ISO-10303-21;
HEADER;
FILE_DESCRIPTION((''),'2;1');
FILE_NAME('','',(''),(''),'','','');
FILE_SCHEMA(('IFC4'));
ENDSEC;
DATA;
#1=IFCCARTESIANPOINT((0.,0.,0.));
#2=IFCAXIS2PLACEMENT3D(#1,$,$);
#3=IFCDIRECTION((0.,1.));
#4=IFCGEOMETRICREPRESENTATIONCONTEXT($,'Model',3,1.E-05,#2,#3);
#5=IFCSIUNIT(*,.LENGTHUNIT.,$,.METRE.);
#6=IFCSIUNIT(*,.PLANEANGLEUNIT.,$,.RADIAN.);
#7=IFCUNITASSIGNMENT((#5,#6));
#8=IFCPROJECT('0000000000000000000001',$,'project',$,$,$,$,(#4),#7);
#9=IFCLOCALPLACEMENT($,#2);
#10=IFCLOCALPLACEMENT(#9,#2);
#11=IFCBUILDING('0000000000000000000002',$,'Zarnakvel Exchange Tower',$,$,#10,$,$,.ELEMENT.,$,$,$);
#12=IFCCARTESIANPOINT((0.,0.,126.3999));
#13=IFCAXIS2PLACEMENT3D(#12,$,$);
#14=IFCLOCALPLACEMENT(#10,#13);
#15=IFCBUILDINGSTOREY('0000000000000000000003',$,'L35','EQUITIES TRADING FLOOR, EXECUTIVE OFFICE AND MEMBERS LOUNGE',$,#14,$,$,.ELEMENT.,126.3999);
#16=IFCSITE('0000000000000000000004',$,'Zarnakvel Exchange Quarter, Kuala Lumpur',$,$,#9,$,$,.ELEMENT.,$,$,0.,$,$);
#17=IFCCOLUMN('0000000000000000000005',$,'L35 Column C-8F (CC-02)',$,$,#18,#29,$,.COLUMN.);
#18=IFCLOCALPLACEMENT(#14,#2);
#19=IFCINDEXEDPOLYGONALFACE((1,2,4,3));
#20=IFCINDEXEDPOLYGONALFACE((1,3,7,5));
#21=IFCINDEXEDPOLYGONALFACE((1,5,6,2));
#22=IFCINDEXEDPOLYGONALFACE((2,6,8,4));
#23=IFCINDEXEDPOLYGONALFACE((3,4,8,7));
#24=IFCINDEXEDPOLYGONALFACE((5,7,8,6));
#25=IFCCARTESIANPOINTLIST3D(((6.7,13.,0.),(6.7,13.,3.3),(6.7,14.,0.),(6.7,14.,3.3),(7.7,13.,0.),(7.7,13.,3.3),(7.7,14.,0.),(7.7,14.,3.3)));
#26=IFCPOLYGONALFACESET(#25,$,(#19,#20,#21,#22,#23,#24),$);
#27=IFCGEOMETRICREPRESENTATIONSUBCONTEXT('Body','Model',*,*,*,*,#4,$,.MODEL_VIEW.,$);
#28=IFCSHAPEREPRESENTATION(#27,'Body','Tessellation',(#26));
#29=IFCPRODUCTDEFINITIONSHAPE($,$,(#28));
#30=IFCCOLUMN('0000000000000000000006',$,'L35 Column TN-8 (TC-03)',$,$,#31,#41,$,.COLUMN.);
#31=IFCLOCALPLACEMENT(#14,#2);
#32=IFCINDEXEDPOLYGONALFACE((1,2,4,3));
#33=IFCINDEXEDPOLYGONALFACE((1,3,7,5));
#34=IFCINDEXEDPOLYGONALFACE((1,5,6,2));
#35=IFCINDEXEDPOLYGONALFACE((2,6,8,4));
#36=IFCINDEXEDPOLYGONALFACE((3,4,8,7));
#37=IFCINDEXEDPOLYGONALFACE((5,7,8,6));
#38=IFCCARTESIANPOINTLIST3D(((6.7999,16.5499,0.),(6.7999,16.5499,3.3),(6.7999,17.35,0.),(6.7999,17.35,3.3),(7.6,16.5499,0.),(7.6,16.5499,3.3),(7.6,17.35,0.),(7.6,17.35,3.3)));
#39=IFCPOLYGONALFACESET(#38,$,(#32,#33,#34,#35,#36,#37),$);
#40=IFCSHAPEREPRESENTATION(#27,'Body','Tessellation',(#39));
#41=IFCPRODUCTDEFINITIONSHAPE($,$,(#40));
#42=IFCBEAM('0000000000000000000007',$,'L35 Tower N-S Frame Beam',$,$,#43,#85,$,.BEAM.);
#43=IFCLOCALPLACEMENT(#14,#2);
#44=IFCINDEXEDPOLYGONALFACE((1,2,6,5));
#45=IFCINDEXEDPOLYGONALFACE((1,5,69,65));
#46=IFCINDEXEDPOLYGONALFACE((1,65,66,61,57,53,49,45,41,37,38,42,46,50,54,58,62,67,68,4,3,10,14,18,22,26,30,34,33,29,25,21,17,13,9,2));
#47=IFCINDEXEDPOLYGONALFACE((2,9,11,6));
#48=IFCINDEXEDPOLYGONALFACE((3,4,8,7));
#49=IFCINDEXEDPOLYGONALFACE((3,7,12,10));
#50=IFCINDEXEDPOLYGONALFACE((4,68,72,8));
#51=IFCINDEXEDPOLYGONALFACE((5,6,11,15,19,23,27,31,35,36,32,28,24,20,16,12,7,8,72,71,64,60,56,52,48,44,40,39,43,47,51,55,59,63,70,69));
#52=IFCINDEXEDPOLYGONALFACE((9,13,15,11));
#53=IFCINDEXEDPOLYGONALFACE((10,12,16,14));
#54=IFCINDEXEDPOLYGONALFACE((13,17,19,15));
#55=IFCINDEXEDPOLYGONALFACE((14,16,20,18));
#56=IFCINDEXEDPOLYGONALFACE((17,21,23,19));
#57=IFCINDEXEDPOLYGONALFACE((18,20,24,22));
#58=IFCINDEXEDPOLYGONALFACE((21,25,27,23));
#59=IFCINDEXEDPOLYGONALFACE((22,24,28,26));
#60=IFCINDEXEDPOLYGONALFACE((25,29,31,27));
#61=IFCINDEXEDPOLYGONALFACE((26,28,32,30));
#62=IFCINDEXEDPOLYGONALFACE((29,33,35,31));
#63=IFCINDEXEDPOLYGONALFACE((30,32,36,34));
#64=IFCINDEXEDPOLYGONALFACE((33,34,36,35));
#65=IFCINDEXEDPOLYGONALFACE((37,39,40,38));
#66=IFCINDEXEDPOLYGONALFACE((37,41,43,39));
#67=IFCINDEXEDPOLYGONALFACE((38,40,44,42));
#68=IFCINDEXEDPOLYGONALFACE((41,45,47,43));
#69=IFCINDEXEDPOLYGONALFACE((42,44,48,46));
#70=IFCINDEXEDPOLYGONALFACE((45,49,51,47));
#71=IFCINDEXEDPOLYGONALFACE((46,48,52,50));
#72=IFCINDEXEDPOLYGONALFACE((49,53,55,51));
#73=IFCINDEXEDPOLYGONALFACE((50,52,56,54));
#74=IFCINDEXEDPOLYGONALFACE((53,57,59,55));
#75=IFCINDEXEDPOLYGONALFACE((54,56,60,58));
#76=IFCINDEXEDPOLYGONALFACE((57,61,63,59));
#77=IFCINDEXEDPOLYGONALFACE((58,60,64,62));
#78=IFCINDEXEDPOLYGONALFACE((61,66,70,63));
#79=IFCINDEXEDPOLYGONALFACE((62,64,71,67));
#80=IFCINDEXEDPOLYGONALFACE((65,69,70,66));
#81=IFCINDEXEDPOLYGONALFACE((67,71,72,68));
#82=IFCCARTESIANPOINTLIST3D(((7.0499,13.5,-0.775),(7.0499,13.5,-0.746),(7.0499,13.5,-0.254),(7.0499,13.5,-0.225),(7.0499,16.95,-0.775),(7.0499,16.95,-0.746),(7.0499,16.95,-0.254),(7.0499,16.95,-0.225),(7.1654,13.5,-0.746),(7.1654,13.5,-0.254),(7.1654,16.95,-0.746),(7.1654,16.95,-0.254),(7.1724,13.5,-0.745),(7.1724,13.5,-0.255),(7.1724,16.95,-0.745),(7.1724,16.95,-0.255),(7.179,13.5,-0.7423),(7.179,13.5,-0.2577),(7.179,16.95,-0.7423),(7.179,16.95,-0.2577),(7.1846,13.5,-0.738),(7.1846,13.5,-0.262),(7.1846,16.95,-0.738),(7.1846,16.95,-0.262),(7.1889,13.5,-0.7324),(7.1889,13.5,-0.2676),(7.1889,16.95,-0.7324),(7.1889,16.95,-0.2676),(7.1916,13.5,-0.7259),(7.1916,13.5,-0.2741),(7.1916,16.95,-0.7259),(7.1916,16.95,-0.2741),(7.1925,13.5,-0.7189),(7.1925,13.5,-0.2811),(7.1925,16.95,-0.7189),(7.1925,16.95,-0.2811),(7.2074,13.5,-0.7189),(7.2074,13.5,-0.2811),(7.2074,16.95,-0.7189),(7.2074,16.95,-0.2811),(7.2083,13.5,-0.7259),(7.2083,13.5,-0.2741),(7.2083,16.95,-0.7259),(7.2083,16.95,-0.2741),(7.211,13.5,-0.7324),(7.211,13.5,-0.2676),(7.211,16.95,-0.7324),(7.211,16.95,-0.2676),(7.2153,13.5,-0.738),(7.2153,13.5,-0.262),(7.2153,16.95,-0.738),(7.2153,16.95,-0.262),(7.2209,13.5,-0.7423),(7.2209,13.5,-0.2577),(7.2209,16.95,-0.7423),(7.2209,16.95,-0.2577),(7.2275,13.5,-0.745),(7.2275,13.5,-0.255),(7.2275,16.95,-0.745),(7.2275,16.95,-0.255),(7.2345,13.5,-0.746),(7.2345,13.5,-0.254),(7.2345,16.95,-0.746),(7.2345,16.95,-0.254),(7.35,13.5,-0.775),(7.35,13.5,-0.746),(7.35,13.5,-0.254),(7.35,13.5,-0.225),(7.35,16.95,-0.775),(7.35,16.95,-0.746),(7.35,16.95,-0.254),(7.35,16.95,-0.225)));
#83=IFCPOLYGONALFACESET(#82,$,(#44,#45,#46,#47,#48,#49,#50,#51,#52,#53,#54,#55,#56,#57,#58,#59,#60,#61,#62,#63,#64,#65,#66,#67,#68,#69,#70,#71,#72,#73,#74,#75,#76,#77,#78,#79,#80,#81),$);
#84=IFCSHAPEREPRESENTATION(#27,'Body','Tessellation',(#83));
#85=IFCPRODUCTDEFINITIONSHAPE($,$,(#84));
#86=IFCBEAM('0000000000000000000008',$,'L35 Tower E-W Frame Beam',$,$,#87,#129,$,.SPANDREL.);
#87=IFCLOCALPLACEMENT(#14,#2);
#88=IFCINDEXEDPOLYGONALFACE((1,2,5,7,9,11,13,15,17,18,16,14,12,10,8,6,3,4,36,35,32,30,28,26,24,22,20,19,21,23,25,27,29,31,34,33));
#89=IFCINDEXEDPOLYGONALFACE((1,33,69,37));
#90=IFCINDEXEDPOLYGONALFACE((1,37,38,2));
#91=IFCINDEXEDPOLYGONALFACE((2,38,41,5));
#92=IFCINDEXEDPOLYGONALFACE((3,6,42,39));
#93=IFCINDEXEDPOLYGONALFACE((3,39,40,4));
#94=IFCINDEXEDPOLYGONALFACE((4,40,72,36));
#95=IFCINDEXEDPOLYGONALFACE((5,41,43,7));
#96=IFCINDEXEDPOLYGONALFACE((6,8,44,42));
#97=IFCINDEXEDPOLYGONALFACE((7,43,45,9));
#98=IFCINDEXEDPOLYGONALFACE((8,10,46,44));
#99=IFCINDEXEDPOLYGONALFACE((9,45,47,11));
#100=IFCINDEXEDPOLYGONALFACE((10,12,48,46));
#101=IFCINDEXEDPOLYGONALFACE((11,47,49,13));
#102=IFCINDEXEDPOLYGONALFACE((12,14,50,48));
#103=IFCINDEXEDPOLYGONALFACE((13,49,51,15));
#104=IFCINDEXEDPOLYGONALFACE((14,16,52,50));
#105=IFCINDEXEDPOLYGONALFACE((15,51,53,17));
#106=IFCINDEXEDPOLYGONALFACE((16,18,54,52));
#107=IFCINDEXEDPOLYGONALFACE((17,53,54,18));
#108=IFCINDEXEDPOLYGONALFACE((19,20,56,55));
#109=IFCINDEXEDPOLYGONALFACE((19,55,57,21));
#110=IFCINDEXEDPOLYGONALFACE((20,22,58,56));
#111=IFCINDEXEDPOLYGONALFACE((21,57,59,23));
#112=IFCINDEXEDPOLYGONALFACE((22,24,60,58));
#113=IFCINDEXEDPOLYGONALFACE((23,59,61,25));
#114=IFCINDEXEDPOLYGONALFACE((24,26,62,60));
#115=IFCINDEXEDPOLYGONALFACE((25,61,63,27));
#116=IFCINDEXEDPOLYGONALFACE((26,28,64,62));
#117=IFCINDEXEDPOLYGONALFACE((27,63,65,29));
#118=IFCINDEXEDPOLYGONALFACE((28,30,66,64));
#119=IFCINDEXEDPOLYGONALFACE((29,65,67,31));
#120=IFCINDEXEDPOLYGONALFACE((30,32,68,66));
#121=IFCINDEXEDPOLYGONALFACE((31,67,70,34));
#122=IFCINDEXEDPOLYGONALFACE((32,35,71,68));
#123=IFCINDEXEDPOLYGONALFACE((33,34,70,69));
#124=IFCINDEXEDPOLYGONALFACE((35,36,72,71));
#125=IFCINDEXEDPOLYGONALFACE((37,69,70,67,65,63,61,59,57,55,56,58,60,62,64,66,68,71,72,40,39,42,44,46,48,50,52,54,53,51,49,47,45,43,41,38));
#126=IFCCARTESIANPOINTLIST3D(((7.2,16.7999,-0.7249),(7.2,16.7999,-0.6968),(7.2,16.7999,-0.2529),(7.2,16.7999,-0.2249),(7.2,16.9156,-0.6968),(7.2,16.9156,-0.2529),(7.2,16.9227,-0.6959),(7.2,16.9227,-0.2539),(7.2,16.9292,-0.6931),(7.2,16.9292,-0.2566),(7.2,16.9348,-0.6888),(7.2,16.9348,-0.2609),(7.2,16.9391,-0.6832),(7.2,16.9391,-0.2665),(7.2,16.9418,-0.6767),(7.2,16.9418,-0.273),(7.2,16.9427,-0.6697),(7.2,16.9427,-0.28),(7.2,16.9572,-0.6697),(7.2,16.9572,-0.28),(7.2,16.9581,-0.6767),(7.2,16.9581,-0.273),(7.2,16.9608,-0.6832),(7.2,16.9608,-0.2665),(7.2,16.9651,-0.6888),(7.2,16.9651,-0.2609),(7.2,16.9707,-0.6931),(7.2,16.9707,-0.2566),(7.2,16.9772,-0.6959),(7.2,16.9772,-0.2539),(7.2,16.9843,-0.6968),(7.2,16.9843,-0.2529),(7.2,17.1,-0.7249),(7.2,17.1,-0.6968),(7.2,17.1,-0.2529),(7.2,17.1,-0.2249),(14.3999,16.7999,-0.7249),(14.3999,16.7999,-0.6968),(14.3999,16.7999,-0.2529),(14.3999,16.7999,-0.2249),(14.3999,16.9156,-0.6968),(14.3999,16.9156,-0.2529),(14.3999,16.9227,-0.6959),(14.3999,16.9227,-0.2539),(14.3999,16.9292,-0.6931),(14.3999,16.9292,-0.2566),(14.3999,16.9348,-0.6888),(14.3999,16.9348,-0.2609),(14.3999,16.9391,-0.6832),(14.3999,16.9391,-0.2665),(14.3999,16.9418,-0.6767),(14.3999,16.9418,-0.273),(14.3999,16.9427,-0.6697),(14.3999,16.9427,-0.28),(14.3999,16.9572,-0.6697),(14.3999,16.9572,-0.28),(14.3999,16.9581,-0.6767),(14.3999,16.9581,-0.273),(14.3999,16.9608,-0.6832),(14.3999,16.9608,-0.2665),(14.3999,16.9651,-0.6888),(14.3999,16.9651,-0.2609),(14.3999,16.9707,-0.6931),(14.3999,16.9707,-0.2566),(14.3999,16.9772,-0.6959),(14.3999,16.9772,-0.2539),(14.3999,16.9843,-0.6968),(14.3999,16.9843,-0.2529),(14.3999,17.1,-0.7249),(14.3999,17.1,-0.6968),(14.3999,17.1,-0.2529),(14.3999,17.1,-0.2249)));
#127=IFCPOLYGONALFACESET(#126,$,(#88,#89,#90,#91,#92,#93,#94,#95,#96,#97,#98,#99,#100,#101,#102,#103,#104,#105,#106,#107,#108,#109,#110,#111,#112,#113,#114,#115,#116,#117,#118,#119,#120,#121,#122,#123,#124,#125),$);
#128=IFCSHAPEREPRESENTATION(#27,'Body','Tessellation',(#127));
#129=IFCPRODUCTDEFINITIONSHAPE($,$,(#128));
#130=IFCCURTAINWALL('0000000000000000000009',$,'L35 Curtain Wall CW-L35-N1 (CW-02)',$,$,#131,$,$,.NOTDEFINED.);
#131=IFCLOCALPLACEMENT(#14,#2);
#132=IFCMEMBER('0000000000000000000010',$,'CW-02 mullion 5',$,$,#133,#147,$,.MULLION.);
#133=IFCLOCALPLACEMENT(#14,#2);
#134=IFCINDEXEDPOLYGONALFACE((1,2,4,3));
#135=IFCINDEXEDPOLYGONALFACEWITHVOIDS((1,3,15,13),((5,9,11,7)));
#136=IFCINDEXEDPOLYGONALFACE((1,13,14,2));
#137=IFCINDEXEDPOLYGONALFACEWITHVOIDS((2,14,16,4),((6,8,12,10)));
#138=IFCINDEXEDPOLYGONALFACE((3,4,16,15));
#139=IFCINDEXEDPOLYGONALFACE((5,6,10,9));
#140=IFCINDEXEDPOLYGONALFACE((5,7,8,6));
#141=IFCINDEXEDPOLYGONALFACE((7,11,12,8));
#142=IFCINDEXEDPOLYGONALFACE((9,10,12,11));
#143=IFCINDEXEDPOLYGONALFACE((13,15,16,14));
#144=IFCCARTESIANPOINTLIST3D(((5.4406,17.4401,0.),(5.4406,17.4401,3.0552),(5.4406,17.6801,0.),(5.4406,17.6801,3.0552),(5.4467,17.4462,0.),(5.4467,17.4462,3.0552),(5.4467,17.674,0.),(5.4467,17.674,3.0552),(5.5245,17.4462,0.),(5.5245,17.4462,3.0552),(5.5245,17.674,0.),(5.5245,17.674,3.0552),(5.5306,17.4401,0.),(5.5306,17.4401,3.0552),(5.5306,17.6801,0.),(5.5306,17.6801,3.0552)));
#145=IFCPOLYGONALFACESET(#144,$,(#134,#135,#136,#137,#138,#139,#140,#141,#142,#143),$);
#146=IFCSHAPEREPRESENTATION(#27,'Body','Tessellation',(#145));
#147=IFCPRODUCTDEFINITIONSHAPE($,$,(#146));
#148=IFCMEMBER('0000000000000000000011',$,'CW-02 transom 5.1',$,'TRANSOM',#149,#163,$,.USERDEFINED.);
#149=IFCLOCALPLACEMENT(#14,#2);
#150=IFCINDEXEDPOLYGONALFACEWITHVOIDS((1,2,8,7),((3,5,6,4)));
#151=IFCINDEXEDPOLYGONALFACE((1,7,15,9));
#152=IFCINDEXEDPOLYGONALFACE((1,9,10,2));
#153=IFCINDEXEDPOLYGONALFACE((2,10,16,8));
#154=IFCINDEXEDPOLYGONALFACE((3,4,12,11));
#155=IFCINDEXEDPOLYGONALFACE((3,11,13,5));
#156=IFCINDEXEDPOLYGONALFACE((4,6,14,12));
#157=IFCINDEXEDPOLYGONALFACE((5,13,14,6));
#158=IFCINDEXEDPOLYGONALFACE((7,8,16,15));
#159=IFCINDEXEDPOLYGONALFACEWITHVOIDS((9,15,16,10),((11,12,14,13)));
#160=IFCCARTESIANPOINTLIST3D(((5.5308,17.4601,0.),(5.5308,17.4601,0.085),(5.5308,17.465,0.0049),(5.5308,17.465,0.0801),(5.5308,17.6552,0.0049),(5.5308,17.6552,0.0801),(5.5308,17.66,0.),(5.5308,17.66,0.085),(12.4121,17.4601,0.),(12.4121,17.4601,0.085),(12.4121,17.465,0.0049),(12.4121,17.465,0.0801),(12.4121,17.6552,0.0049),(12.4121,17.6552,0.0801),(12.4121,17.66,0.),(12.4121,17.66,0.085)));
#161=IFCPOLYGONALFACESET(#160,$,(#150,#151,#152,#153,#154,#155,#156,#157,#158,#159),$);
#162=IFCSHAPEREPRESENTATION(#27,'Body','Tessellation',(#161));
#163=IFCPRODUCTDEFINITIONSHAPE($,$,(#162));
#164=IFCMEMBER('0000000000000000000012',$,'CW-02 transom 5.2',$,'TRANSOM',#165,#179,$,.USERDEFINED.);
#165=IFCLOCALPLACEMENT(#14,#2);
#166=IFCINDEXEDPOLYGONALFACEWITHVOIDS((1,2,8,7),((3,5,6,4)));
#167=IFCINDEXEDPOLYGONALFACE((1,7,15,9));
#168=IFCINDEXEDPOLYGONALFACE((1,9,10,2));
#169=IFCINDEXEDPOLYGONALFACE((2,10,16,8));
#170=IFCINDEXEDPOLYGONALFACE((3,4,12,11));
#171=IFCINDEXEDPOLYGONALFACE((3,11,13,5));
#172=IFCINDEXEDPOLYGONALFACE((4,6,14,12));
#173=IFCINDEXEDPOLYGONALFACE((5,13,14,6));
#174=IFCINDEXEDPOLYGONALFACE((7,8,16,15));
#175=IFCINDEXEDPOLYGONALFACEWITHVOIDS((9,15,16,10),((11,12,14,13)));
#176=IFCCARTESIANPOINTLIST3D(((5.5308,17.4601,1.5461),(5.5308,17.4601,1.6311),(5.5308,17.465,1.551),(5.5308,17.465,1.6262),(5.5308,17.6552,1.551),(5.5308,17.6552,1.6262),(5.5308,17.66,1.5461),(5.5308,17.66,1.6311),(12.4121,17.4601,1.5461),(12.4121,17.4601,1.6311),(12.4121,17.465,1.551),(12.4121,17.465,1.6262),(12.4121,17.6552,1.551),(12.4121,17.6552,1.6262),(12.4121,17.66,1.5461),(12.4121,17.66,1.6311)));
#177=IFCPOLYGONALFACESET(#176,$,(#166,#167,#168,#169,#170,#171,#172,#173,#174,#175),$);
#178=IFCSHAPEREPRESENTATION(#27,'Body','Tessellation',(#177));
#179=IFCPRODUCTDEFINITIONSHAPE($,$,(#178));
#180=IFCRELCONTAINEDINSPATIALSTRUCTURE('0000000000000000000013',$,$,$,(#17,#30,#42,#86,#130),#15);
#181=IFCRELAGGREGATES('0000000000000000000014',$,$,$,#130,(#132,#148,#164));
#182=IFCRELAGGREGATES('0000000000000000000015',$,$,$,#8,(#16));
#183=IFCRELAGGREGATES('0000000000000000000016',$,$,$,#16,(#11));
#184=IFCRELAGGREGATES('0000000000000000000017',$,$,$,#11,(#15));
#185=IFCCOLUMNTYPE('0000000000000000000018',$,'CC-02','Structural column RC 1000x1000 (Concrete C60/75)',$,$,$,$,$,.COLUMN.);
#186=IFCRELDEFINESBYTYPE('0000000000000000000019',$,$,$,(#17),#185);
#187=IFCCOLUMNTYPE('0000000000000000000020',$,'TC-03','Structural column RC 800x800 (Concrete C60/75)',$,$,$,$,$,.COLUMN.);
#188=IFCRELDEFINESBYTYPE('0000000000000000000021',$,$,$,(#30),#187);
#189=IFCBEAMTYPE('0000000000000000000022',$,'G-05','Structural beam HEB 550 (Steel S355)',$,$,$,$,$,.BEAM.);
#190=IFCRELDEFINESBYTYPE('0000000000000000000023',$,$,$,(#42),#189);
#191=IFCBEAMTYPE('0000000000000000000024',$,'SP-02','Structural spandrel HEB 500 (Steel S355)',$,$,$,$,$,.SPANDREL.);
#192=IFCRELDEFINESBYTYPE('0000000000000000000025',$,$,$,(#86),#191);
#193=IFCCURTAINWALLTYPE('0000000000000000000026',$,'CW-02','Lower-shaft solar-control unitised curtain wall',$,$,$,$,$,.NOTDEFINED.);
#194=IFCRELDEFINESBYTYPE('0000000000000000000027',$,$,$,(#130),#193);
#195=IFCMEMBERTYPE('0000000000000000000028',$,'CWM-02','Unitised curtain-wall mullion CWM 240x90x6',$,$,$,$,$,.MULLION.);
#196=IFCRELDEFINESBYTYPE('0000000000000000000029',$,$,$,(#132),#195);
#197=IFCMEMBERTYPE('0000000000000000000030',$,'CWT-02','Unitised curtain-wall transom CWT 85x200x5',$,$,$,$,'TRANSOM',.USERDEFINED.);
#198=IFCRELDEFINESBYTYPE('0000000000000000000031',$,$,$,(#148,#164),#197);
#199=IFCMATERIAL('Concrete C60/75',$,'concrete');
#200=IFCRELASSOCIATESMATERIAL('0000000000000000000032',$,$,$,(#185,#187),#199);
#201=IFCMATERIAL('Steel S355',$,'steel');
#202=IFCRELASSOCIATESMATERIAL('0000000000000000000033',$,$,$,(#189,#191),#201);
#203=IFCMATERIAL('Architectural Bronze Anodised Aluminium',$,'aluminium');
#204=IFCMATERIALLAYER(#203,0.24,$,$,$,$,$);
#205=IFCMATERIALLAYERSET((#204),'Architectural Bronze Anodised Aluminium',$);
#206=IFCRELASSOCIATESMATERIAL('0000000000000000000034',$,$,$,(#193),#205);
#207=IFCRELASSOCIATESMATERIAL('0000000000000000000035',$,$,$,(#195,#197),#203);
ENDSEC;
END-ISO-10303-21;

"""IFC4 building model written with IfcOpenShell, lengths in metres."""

from ifc_helpers import new_model, si_unit, direction, frame, origin, origin_2d, place, context, subcontext, project, spatial, rectangle, hollow_rectangle, i_section, extrude, source, transform, mapped, material, layer, layer_set, material_profile, profile_set, type_object, element, aggregate, save


model = new_model("IFC4")

# Units and contexts
model_context = context("Model", 3, precision=1e-05, world=origin(), true_north=direction((0.0, 1.0)))
body_context = subcontext(model_context, "Body", "Model", "MODEL_VIEW")
ifc_project = project(units=[si_unit("LENGTHUNIT", "METRE"), si_unit("PLANEANGLEUNIT", "RADIAN")], contexts=[model_context])

# Site, building, storey
site_placement = place(None, origin())
site = spatial("IfcSite", under=ifc_project, at=site_placement, Name="Zarnakvel Exchange Quarter, Kuala Lumpur", CompositionType="ELEMENT", RefElevation=0.0)
building_placement = place(site_placement, origin())
building = spatial("IfcBuilding", under=site, at=building_placement, Name="Zarnakvel Exchange Tower", CompositionType="ELEMENT")
storey_placement = place(building_placement, frame((0.0, 0.0, 126.3999)))
storey = spatial("IfcBuildingStorey", under=building, at=storey_placement, Name="L35", Description="EQUITIES TRADING FLOOR, EXECUTIVE OFFICE AND MEMBERS LOUNGE", CompositionType="ELEMENT", Elevation=126.3999)

# Columns
ifc_material_1 = material(Name="Concrete C60/75", Category="concrete")
ifc_material_profile_1 = material_profile(ifc_material_1, rectangle(XDim=1.0, YDim=1.0, at=origin_2d()))
ifc_profile_set_1 = profile_set([ifc_material_profile_1], Name="Concrete C60/75")
column_type_1 = type_object("IfcColumnType", Name="CC-02", Description="Structural column RC 1000x1000 (Concrete C60/75)", PredefinedType="COLUMN", material=ifc_profile_set_1)
column_1_placement = place(storey_placement, frame((7.2, 13.5, 0.0), z_axis=(0.0, 0.0, 1.0), x_axis=(1.0, 0.0, 0.0)))
element("IfcColumn", 1, at=column_1_placement, inside=storey, type_object=column_type_1, Name="L35 Column C-8F (CC-02)", PredefinedType="COLUMN", context=body_context, shape_type="SweptSolid", body=[
    extrude(rectangle(XDim=1.0, YDim=1.0, at=origin_2d()), origin(), (0.0, 0.0, 1.0), 3.3),
])
ifc_material_profile_2 = material_profile(ifc_material_1, rectangle(XDim=0.8, YDim=0.8, at=origin_2d()))
ifc_profile_set_2 = profile_set([ifc_material_profile_2], Name="Concrete C60/75")
column_type_2 = type_object("IfcColumnType", Name="TC-03", Description="Structural column RC 800x800 (Concrete C60/75)", PredefinedType="COLUMN", material=ifc_profile_set_2)
column_2_placement = place(storey_placement, frame((7.2, 16.95, 0.0), z_axis=(0.0, 0.0, 1.0), x_axis=(1.0, 0.0, 0.0)))
element("IfcColumn", 2, at=column_2_placement, inside=storey, type_object=column_type_2, Name="L35 Column TN-8 (TC-03)", PredefinedType="COLUMN", context=body_context, shape_type="SweptSolid", body=[
    extrude(rectangle(XDim=0.8, YDim=0.8, at=origin_2d()), origin(), (0.0, 0.0, 1.0), 3.3),
])

# Beams
ifc_material_2 = material(Name="Steel S355", Category="steel")
ifc_material_profile_3 = material_profile(ifc_material_2, i_section(OverallWidth=0.3, OverallDepth=0.55, WebThickness=0.0149, FlangeThickness=0.0291, FilletRadius=0.0271, at=origin_2d()))
ifc_profile_set_3 = profile_set([ifc_material_profile_3], Name="Steel S355")
beam_type_1 = type_object("IfcBeamType", Name="G-05", Description="Structural beam HEB 550 (Steel S355)", PredefinedType="BEAM", material=ifc_profile_set_3)
beam_1_placement = place(storey_placement, frame((7.2, 13.5, -0.5), z_axis=(0.0, 1.0, 0.0), x_axis=(-1.0, 0.0, 0.0)))
element("IfcBeam", 3, at=beam_1_placement, inside=storey, type_object=beam_type_1, Name="L35 Tower N-S Frame Beam", PredefinedType="BEAM", context=body_context, shape_type="SweptSolid", body=[
    extrude(i_section(OverallWidth=0.3, OverallDepth=0.55, WebThickness=0.0149, FlangeThickness=0.0291, FilletRadius=0.0271, at=origin_2d()), origin(), (0.0, 0.0, 1.0), 3.45),
])
ifc_material_profile_4 = material_profile(ifc_material_2, i_section(OverallWidth=0.3, OverallDepth=0.5, WebThickness=0.0144, FlangeThickness=0.0281, FilletRadius=0.0271, at=origin_2d()))
ifc_profile_set_4 = profile_set([ifc_material_profile_4], Name="Steel S355")
beam_type_2 = type_object("IfcBeamType", Name="SP-02", Description="Structural spandrel HEB 500 (Steel S355)", PredefinedType="SPANDREL", material=ifc_profile_set_4)
beam_2_placement = place(storey_placement, frame((7.2, 16.95, -0.4749), z_axis=(1.0, 0.0, 0.0), x_axis=(0.0, 1.0, 0.0)))
element("IfcBeam", 4, at=beam_2_placement, inside=storey, type_object=beam_type_2, Name="L35 Tower E-W Frame Beam", PredefinedType="SPANDREL", context=body_context, shape_type="SweptSolid", body=[
    extrude(i_section(OverallWidth=0.3, OverallDepth=0.5, WebThickness=0.0144, FlangeThickness=0.0281, FilletRadius=0.0271, at=origin_2d()), origin(), (0.0, 0.0, 1.0), 7.2),
])

# Curtain wall, members
ifc_material_3 = material(Name="Architectural Bronze Anodised Aluminium", Category="aluminium")
ifc_layer_1 = layer(ifc_material_3, 0.24)
ifc_layer_set_1 = layer_set([ifc_layer_1], Name="Architectural Bronze Anodised Aluminium")
curtain_wall_type = type_object("IfcCurtainWallType", Name="CW-02", Description="Lower-shaft solar-control unitised curtain wall", PredefinedType="NOTDEFINED", material=ifc_layer_set_1)
curtain_wall_placement = place(storey_placement, origin())
curtain_wall = element("IfcCurtainWall", 5, at=curtain_wall_placement, inside=storey, type_object=curtain_wall_type, Name="L35 Curtain Wall CW-L35-N1 (CW-02)", PredefinedType="NOTDEFINED")
ifc_material_profile_5 = material_profile(ifc_material_3, hollow_rectangle(XDim=0.24, YDim=0.0901, WallThickness=0.0061, at=origin_2d()))
ifc_profile_set_5 = profile_set([ifc_material_profile_5], Name="Architectural Bronze Anodised Aluminium")
member_type_1 = type_object("IfcMemberType", Name="CWM-02", Description="Unitised curtain-wall mullion CWM 240x90x6", PredefinedType="MULLION", material=ifc_profile_set_5)
shared_shape_1 = source(origin(), body_context, "Body", "SweptSolid", [
    extrude(hollow_rectangle(XDim=0.24, YDim=0.0901, WallThickness=0.0061, at=origin_2d()), origin(), (0.0, 0.0, 1.0), 3.0552),
])
member_1_placement = place(storey_placement, frame((5.4856, 17.5601, 0.0), z_axis=(0.0, 0.0, 1.0), x_axis=(0.0, 1.0, 0.0)))
member_1 = element("IfcMember", 6, at=member_1_placement, type_object=member_type_1, Name="CW-02 mullion 5", PredefinedType="MULLION", context=body_context, shape_type="MappedRepresentation", body=[
    mapped(shared_shape_1, transform((0.0, 0.0, 0.0), x_axis=(1.0, 0.0, 0.0), y_axis=(0.0, 1.0, 0.0), z_axis=(0.0, 0.0, 1.0), scale=1.0)),
])
ifc_material_profile_6 = material_profile(ifc_material_3, hollow_rectangle(XDim=0.2, YDim=0.085, WallThickness=0.0049, at=origin_2d()))
ifc_profile_set_6 = profile_set([ifc_material_profile_6], Name="Architectural Bronze Anodised Aluminium")
member_type_2 = type_object("IfcMemberType", Name="CWT-02", Description="Unitised curtain-wall transom CWT 85x200x5", ElementType="TRANSOM", PredefinedType="USERDEFINED", material=ifc_profile_set_6)
shared_shape_2 = source(origin(), body_context, "Body", "SweptSolid", [
    extrude(hollow_rectangle(XDim=0.2, YDim=0.085, WallThickness=0.0049, at=origin_2d()), origin(), (0.0, 0.0, 1.0), 6.8813),
])
member_2_placement = place(storey_placement, frame((5.5308, 17.5601, 0.0425), z_axis=(1.0, 0.0, 0.0), x_axis=(0.0, 1.0, 0.0)))
member_2 = element("IfcMember", 7, at=member_2_placement, type_object=member_type_2, Name="CW-02 transom 5.1", ObjectType="TRANSOM", PredefinedType="USERDEFINED", context=body_context, shape_type="MappedRepresentation", body=[
    mapped(shared_shape_2, transform((0.0, 0.0, 0.0), x_axis=(1.0, 0.0, 0.0), y_axis=(0.0, 1.0, 0.0), z_axis=(0.0, 0.0, 1.0), scale=1.0)),
])
member_3_placement = place(storey_placement, frame((5.5308, 17.5601, 1.5886), z_axis=(1.0, 0.0, 0.0), x_axis=(0.0, 1.0, 0.0)))
member_3 = element("IfcMember", 8, at=member_3_placement, type_object=member_type_2, Name="CW-02 transom 5.2", ObjectType="TRANSOM", PredefinedType="USERDEFINED", context=body_context, shape_type="MappedRepresentation", body=[
    mapped(shared_shape_2, transform((0.0, 0.0, 0.0), x_axis=(1.0, 0.0, 0.0), y_axis=(0.0, 1.0, 0.0), z_axis=(0.0, 0.0, 1.0), scale=1.0)),
])
aggregate(curtain_wall, [member_1, member_2, member_3])

save(model, "model.ifc")
